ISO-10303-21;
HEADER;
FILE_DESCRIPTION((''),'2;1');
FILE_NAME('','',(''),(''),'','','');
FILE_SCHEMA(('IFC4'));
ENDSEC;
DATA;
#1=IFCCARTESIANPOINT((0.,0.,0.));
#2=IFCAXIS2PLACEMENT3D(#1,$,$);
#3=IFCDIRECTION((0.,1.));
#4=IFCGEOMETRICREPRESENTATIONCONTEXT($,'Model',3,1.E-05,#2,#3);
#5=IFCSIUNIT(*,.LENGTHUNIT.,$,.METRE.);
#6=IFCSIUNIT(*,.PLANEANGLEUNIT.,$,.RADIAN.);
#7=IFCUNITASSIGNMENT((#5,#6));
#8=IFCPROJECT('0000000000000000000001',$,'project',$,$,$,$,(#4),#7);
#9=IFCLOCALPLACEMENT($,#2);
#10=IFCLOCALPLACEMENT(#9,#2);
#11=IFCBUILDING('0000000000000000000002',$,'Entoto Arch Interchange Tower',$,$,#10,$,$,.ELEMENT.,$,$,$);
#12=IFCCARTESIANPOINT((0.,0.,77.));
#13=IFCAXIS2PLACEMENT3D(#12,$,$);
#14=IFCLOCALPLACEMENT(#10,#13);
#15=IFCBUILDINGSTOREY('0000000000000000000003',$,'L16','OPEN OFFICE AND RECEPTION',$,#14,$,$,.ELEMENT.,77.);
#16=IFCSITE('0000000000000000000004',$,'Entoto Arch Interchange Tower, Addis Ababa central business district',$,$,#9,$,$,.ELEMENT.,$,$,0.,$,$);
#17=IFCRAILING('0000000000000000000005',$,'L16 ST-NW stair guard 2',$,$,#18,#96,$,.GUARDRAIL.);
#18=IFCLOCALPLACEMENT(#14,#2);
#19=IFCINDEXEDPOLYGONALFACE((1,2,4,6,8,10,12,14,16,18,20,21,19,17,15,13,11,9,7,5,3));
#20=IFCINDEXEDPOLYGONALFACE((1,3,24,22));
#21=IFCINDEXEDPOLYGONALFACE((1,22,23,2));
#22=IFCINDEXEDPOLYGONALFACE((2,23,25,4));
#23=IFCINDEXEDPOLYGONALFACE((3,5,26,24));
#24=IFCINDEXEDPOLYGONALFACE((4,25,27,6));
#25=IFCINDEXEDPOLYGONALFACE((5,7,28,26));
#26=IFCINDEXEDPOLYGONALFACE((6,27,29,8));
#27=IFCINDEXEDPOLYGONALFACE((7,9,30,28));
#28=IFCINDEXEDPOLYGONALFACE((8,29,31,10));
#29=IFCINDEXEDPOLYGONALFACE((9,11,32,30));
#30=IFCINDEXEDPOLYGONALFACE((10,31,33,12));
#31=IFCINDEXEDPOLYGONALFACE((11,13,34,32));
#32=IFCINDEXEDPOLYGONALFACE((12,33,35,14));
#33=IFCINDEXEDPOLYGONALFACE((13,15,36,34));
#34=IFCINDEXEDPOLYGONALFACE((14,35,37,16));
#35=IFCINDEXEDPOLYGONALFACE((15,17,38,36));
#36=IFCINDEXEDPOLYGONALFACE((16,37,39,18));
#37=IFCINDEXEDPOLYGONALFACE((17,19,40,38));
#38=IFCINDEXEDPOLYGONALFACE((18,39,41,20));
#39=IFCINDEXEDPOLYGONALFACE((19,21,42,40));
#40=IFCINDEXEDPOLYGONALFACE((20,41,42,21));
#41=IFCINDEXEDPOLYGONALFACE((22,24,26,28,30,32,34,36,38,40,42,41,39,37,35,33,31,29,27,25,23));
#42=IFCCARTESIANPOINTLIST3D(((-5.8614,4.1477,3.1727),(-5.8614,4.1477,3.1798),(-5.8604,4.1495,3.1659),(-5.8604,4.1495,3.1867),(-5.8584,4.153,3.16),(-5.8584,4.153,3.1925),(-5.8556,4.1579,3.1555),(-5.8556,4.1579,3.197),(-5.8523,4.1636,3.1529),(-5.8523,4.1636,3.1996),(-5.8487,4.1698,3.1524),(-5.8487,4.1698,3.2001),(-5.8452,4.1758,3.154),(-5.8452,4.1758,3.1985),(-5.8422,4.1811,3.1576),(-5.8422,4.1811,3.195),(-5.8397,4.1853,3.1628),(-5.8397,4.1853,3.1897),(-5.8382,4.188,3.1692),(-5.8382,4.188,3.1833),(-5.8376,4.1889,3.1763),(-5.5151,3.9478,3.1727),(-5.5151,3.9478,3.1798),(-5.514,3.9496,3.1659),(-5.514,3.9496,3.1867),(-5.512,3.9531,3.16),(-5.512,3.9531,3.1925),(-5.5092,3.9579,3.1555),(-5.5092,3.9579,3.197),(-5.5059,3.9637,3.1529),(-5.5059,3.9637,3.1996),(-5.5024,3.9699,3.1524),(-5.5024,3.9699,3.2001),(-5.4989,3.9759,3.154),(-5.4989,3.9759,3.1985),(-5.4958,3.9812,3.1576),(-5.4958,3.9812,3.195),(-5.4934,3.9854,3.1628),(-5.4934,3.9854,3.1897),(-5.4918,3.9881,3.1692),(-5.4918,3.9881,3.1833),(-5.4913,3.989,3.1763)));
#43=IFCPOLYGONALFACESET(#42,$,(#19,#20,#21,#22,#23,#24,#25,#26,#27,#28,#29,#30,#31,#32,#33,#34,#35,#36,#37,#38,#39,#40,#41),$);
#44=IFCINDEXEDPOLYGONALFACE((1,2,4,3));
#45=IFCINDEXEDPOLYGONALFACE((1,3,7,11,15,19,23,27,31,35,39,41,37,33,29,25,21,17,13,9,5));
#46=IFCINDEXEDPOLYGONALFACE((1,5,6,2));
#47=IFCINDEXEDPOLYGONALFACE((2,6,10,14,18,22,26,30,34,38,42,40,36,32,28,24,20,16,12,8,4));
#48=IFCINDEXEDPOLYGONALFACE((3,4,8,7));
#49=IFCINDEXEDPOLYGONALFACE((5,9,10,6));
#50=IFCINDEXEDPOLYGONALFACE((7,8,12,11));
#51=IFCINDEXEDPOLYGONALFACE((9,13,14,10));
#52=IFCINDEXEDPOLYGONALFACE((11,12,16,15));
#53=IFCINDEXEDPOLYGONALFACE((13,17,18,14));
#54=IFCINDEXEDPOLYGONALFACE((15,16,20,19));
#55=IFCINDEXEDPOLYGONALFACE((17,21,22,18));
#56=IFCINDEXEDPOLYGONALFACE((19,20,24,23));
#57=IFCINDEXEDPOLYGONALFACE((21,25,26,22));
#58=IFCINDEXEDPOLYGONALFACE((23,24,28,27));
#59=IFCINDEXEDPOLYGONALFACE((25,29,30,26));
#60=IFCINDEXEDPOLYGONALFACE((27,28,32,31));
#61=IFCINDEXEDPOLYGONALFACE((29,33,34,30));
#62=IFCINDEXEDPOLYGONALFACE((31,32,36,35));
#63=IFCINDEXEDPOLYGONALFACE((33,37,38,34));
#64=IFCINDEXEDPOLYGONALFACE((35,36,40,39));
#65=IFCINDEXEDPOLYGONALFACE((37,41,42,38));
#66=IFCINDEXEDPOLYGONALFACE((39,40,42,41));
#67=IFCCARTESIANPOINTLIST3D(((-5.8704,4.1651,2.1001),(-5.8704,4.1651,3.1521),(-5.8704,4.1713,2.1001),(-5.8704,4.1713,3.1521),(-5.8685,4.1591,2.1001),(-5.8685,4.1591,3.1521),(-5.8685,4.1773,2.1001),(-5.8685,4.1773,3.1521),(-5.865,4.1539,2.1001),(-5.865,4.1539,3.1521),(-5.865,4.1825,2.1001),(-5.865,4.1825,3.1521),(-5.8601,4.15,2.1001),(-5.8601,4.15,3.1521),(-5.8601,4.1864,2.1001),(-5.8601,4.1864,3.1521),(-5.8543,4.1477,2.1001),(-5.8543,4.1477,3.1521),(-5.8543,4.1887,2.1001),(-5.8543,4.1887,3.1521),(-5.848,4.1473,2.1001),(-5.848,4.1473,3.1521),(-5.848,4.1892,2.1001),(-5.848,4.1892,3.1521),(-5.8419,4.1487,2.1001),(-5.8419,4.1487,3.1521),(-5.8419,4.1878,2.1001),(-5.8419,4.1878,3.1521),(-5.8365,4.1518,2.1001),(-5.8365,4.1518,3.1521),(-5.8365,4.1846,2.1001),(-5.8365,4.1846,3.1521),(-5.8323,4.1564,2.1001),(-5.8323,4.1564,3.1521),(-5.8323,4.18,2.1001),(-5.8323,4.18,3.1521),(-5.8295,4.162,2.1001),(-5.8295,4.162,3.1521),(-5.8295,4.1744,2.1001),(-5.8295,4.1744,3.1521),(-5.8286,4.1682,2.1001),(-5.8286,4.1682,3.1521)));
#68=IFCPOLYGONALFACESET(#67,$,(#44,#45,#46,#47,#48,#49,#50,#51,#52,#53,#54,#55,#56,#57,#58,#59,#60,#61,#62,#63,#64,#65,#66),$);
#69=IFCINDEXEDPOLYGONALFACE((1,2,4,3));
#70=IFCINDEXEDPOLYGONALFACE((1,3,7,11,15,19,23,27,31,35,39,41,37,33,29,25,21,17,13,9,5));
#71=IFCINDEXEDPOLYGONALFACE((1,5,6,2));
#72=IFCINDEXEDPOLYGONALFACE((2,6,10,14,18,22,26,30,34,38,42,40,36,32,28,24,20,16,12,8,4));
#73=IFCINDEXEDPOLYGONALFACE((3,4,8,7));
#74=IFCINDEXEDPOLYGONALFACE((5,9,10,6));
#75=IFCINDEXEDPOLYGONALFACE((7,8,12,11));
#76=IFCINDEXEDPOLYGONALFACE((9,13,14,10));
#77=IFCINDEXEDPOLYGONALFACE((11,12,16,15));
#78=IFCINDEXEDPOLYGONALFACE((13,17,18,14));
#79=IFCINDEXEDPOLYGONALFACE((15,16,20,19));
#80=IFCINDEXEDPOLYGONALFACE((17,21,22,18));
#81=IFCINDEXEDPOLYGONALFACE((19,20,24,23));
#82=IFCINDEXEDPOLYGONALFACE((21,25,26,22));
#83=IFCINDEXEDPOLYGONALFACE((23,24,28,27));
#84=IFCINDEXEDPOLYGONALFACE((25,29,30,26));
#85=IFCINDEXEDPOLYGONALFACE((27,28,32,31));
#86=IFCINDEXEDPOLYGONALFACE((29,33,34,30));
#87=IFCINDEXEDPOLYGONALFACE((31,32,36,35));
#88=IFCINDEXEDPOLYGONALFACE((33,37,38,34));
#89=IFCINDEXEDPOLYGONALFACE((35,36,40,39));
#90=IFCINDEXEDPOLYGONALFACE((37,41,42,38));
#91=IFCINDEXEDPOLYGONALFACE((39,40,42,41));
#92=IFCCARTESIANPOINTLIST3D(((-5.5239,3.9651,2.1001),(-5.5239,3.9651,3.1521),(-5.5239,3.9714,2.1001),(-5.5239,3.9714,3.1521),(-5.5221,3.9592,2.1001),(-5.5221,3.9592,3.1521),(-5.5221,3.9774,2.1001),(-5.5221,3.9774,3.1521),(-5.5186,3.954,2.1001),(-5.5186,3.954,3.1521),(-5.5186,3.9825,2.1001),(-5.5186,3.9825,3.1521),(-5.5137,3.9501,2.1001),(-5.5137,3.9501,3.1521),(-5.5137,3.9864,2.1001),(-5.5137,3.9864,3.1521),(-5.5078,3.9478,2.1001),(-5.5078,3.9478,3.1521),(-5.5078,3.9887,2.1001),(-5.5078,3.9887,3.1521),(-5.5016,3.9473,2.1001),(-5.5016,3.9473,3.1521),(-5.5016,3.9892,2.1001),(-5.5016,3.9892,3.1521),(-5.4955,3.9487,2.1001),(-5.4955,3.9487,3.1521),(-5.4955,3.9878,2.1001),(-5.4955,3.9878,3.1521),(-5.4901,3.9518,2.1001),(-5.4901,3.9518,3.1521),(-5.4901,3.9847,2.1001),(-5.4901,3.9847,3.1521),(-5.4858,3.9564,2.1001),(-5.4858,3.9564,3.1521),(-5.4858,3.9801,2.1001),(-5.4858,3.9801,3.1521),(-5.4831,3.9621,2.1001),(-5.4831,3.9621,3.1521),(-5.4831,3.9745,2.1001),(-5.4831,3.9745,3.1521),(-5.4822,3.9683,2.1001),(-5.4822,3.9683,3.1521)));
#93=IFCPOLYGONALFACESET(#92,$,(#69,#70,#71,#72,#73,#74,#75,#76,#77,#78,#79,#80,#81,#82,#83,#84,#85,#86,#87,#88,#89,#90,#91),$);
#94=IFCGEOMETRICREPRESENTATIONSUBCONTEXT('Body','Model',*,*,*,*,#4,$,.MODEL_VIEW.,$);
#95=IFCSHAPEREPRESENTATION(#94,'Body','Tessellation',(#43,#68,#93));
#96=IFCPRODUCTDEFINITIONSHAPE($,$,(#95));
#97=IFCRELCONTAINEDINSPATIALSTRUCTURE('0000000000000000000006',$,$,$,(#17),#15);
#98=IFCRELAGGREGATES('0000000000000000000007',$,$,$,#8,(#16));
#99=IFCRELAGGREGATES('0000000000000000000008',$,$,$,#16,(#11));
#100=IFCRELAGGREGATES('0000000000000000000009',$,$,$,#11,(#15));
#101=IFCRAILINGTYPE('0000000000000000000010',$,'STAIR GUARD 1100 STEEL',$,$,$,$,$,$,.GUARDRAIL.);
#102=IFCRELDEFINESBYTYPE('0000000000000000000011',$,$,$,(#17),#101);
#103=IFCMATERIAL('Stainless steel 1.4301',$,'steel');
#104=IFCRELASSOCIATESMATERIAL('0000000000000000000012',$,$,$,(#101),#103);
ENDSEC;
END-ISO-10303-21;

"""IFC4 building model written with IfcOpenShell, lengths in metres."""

from ifc_helpers import new_model, si_unit, direction, frame, origin, origin_2d, place, context, subcontext, project, spatial, circle, extrude, material, type_object, element, save


model = new_model("IFC4")

# Units and contexts
model_context = context("Model", 3, precision=1e-05, world=origin(), true_north=direction((0.0, 1.0)))
body_context = subcontext(model_context, "Body", "Model", "MODEL_VIEW")
ifc_project = project(units=[si_unit("LENGTHUNIT", "METRE"), si_unit("PLANEANGLEUNIT", "RADIAN")], contexts=[model_context])

# Site, building, storey
site_placement = place(None, origin())
site = spatial("IfcSite", under=ifc_project, at=site_placement, Name="Entoto Arch Interchange Tower, Addis Ababa central business district", CompositionType="ELEMENT", RefElevation=0.0)
building_placement = place(site_placement, origin())
building = spatial("IfcBuilding", under=site, at=building_placement, Name="Entoto Arch Interchange Tower", CompositionType="ELEMENT")
storey_placement = place(building_placement, frame((0.0, 0.0, 77.0)))
storey = spatial("IfcBuildingStorey", under=building, at=storey_placement, Name="L16", Description="OPEN OFFICE AND RECEPTION", CompositionType="ELEMENT", Elevation=77.0)

# Railing
ifc_material_1 = material(Name="Stainless steel 1.4301", Category="steel")
railing_type_1 = type_object("IfcRailingType", Name="STAIR GUARD 1100 STEEL", PredefinedType="GUARDRAIL", material=ifc_material_1)
railing_1_placement = place(storey_placement, frame((-5.8496, 4.1682, 2.1001)))
element("IfcRailing", 1, at=railing_1_placement, inside=storey, type_object=railing_type_1, Name="L16 ST-NW stair guard 2", PredefinedType="GUARDRAIL", context=body_context, shape_type="SweptSolid", body=[
    extrude(circle(Radius=0.0239, at=origin_2d()), frame((0.0, 0.0, 1.0762), z_axis=(0.866094, -0.499881, 0.0), x_axis=(0.499881, 0.866094, 0.0)), (0.0, 0.0, 1.0), 0.3999),
    extrude(circle(Radius=0.021, at=origin_2d()), origin(), (0.0, 0.0, 1.0), 1.052),
    extrude(circle(Radius=0.021, at=origin_2d()), frame((0.3464, -0.2, 0.0)), (0.0, 0.0, 1.0), 1.052),
])

save(model, "model.ifc")
